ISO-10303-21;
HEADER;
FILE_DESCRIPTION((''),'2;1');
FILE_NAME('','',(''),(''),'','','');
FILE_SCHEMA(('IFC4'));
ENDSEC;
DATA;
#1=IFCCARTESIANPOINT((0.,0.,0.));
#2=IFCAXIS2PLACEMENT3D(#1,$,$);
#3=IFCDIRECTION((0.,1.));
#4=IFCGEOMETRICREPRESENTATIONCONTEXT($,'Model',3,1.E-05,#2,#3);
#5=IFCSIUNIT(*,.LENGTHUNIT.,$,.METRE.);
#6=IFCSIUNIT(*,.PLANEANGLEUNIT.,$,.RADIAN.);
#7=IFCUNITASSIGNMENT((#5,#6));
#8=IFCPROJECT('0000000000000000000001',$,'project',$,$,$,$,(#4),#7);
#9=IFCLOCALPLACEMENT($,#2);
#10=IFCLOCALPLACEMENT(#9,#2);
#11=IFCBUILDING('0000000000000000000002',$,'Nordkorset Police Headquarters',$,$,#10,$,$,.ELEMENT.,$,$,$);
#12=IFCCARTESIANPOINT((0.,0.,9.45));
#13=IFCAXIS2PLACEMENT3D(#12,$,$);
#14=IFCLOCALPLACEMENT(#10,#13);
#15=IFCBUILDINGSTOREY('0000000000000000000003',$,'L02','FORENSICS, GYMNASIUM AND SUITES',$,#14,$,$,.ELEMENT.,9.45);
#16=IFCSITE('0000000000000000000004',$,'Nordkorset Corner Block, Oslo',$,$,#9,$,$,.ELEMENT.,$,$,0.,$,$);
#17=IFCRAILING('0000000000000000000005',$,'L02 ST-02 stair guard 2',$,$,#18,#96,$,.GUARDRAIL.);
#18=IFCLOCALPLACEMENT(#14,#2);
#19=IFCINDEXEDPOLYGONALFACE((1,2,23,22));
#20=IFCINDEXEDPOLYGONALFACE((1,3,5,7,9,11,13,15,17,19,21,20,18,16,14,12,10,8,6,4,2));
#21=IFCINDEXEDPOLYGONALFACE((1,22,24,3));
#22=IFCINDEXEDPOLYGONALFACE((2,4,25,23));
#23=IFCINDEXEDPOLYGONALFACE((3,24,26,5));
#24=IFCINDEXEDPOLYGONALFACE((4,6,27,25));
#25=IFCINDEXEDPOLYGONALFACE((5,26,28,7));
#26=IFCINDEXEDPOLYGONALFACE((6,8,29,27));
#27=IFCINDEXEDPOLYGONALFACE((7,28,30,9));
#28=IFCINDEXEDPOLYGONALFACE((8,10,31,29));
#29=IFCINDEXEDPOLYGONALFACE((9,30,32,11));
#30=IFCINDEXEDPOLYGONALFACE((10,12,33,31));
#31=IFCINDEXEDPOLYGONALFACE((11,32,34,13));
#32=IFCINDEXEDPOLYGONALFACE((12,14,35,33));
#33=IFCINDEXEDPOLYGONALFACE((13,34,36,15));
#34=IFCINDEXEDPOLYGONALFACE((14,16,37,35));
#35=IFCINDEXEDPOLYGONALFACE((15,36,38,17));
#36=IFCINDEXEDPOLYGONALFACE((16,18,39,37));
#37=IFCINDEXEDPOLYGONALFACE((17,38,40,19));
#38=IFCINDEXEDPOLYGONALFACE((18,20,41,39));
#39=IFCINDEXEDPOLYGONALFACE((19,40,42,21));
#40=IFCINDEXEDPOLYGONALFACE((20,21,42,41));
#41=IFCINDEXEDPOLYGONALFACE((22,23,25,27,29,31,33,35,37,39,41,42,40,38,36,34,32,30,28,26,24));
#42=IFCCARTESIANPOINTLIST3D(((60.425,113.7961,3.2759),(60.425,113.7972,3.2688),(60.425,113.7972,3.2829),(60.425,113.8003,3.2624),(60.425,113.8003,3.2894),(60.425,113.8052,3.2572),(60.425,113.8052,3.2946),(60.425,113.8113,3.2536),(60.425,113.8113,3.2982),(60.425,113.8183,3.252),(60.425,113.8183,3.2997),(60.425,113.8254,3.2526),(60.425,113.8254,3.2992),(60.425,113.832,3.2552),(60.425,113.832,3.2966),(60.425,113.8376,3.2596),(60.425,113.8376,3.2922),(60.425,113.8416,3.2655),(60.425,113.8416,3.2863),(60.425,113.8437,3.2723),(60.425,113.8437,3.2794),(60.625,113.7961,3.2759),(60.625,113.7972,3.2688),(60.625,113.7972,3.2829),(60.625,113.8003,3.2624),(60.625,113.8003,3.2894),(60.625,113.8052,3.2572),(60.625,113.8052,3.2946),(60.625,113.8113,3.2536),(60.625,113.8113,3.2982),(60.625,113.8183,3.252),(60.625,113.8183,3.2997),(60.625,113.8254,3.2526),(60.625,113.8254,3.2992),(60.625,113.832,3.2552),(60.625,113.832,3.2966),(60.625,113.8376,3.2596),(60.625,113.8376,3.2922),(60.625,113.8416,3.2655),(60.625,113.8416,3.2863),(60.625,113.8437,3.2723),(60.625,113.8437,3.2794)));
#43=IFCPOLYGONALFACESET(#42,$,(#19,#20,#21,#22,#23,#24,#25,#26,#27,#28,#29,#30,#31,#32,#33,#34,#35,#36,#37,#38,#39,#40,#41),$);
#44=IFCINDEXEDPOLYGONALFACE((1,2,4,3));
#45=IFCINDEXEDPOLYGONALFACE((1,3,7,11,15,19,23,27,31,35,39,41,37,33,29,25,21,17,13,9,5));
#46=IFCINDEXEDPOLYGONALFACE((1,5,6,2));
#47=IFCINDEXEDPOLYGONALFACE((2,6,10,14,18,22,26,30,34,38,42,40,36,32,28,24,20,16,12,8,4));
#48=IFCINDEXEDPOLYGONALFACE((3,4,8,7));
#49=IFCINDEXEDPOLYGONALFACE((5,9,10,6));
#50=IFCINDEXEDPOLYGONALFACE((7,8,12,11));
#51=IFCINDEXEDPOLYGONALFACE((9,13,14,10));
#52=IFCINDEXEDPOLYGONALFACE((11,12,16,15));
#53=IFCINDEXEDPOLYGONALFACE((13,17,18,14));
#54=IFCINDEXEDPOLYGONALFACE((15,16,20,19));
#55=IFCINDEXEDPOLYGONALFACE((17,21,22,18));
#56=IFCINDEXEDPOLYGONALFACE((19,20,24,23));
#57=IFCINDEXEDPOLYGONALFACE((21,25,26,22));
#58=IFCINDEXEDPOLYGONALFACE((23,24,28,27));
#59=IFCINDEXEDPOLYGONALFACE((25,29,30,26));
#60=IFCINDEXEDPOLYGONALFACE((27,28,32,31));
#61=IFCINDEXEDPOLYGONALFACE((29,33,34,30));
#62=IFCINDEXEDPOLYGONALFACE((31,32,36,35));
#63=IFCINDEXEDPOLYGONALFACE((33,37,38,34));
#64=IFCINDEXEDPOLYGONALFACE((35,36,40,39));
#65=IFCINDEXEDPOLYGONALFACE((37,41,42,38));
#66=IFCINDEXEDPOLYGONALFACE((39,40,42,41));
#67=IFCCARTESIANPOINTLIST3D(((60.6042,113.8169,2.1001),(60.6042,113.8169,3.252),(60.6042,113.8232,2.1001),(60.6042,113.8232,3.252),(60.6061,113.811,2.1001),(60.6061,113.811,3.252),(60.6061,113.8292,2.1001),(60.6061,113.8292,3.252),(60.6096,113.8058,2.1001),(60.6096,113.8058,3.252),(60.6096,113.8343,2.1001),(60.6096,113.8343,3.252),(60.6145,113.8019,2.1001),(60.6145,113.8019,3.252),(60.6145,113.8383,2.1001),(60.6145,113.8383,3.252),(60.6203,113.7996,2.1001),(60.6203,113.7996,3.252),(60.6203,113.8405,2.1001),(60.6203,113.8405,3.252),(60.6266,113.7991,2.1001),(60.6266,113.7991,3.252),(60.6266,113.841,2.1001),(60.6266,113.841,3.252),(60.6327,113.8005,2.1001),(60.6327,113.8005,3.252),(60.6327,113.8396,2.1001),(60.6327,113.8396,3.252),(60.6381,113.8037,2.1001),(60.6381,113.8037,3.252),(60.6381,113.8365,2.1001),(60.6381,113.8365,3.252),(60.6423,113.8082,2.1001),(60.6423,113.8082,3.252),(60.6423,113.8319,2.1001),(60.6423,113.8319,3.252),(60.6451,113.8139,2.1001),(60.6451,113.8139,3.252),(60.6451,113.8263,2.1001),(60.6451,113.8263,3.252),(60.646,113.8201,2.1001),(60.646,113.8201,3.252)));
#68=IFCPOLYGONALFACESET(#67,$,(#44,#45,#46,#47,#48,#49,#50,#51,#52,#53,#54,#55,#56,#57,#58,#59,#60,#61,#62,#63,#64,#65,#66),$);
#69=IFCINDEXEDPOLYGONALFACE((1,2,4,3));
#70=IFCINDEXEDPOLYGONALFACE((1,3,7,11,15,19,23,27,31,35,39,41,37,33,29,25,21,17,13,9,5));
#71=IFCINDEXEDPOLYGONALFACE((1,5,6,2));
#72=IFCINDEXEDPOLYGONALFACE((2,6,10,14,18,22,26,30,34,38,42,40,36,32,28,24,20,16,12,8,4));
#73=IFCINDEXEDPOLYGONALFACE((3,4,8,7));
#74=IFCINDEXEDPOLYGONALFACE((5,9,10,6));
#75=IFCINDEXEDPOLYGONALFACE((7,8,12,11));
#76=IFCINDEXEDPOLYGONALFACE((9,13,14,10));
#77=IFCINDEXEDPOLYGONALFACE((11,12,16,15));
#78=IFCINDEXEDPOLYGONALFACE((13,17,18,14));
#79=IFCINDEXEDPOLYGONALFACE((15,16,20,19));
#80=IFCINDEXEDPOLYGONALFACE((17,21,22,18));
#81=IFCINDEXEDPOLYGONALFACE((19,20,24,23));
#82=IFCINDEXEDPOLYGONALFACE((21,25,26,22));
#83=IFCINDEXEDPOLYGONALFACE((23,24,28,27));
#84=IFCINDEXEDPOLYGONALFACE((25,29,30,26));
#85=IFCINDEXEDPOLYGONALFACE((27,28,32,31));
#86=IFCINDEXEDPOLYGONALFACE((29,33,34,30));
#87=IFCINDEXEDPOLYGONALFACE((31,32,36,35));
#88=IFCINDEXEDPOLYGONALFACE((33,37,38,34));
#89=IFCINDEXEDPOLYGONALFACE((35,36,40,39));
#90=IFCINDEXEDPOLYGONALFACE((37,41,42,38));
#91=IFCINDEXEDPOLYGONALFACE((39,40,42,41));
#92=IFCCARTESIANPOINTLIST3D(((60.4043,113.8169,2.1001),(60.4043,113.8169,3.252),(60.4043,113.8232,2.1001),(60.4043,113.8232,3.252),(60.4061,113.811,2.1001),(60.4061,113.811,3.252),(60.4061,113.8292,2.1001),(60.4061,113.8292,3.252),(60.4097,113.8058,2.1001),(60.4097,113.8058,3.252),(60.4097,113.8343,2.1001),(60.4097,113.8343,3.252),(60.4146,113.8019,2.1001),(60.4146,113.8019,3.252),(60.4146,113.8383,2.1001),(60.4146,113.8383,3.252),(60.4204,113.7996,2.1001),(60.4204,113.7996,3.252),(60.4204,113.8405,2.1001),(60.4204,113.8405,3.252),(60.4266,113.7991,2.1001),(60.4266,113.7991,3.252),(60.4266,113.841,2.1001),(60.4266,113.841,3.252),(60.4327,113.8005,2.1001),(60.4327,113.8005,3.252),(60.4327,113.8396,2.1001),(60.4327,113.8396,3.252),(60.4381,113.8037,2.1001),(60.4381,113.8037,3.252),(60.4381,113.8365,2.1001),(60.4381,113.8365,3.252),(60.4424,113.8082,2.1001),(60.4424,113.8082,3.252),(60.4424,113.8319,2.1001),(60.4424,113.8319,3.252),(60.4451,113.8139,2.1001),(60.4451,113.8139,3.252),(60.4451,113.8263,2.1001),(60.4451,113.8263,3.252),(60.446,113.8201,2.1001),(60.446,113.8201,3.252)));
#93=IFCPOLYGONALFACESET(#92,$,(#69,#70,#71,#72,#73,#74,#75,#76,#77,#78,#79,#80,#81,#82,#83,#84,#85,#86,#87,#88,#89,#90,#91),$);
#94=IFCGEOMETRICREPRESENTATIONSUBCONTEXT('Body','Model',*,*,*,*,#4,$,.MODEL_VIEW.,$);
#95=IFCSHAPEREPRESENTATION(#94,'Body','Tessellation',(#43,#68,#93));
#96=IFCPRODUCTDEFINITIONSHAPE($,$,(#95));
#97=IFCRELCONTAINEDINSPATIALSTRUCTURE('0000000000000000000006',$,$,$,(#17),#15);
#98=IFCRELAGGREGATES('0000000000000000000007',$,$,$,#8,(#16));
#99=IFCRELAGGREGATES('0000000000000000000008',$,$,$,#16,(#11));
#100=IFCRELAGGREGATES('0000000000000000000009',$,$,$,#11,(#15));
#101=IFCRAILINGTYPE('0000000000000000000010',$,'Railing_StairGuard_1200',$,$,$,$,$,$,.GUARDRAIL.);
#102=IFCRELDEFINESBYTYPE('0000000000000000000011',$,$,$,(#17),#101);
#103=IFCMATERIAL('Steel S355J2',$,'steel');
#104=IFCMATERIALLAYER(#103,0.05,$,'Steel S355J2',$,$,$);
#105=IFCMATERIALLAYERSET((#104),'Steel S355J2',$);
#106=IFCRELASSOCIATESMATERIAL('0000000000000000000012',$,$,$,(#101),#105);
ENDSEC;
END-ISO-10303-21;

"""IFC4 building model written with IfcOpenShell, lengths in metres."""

from ifc_helpers import new_model, si_unit, direction, frame, origin, origin_2d, place, context, subcontext, project, spatial, circle, extrude, material, layer, layer_set, type_object, element, save


model = new_model("IFC4")

# Units and contexts
model_context = context("Model", 3, precision=1e-05, world=origin(), true_north=direction((0.0, 1.0)))
body_context = subcontext(model_context, "Body", "Model", "MODEL_VIEW")
ifc_project = project(units=[si_unit("LENGTHUNIT", "METRE"), si_unit("PLANEANGLEUNIT", "RADIAN")], contexts=[model_context])

# Site, building, storey
site_placement = place(None, origin())
site = spatial("IfcSite", under=ifc_project, at=site_placement, Name="Nordkorset Corner Block, Oslo", CompositionType="ELEMENT", RefElevation=0.0)
building_placement = place(site_placement, origin())
building = spatial("IfcBuilding", under=site, at=building_placement, Name="Nordkorset Police Headquarters", CompositionType="ELEMENT")
storey_placement = place(building_placement, frame((0.0, 0.0, 9.45)))
storey = spatial("IfcBuildingStorey", under=building, at=storey_placement, Name="L02", Description="FORENSICS, GYMNASIUM AND SUITES", CompositionType="ELEMENT", Elevation=9.45)

# Railing
ifc_material_1 = material(Name="Steel S355J2", Category="steel")
ifc_layer_1 = layer(ifc_material_1, 0.05, Name="Steel S355J2")
ifc_layer_set_1 = layer_set([ifc_layer_1], Name="Steel S355J2")
railing_type_1 = type_object("IfcRailingType", Name="Railing_StairGuard_1200", PredefinedType="GUARDRAIL", material=ifc_layer_set_1)
railing_1_placement = place(storey_placement, frame((60.625, 113.8201, 2.1001)))
element("IfcRailing", 1, at=railing_1_placement, inside=storey, type_object=railing_type_1, Name="L02 ST-02 stair guard 2", PredefinedType="GUARDRAIL", context=body_context, shape_type="SweptSolid", body=[
    extrude(circle(Radius=0.0239, at=origin_2d()), frame((0.0, 0.0, 1.1758), z_axis=(-1.0, 0.0, 0.0), x_axis=(0.0, -1.0, 0.0)), (0.0, 0.0, 1.0), 0.2),
    extrude(circle(Radius=0.021, at=origin_2d()), origin(), (0.0, 0.0, 1.0), 1.1519),
    extrude(circle(Radius=0.021, at=origin_2d()), frame((-0.2, 0.0, 0.0)), (0.0, 0.0, 1.0), 1.1519),
])

save(model, "model.ifc")
